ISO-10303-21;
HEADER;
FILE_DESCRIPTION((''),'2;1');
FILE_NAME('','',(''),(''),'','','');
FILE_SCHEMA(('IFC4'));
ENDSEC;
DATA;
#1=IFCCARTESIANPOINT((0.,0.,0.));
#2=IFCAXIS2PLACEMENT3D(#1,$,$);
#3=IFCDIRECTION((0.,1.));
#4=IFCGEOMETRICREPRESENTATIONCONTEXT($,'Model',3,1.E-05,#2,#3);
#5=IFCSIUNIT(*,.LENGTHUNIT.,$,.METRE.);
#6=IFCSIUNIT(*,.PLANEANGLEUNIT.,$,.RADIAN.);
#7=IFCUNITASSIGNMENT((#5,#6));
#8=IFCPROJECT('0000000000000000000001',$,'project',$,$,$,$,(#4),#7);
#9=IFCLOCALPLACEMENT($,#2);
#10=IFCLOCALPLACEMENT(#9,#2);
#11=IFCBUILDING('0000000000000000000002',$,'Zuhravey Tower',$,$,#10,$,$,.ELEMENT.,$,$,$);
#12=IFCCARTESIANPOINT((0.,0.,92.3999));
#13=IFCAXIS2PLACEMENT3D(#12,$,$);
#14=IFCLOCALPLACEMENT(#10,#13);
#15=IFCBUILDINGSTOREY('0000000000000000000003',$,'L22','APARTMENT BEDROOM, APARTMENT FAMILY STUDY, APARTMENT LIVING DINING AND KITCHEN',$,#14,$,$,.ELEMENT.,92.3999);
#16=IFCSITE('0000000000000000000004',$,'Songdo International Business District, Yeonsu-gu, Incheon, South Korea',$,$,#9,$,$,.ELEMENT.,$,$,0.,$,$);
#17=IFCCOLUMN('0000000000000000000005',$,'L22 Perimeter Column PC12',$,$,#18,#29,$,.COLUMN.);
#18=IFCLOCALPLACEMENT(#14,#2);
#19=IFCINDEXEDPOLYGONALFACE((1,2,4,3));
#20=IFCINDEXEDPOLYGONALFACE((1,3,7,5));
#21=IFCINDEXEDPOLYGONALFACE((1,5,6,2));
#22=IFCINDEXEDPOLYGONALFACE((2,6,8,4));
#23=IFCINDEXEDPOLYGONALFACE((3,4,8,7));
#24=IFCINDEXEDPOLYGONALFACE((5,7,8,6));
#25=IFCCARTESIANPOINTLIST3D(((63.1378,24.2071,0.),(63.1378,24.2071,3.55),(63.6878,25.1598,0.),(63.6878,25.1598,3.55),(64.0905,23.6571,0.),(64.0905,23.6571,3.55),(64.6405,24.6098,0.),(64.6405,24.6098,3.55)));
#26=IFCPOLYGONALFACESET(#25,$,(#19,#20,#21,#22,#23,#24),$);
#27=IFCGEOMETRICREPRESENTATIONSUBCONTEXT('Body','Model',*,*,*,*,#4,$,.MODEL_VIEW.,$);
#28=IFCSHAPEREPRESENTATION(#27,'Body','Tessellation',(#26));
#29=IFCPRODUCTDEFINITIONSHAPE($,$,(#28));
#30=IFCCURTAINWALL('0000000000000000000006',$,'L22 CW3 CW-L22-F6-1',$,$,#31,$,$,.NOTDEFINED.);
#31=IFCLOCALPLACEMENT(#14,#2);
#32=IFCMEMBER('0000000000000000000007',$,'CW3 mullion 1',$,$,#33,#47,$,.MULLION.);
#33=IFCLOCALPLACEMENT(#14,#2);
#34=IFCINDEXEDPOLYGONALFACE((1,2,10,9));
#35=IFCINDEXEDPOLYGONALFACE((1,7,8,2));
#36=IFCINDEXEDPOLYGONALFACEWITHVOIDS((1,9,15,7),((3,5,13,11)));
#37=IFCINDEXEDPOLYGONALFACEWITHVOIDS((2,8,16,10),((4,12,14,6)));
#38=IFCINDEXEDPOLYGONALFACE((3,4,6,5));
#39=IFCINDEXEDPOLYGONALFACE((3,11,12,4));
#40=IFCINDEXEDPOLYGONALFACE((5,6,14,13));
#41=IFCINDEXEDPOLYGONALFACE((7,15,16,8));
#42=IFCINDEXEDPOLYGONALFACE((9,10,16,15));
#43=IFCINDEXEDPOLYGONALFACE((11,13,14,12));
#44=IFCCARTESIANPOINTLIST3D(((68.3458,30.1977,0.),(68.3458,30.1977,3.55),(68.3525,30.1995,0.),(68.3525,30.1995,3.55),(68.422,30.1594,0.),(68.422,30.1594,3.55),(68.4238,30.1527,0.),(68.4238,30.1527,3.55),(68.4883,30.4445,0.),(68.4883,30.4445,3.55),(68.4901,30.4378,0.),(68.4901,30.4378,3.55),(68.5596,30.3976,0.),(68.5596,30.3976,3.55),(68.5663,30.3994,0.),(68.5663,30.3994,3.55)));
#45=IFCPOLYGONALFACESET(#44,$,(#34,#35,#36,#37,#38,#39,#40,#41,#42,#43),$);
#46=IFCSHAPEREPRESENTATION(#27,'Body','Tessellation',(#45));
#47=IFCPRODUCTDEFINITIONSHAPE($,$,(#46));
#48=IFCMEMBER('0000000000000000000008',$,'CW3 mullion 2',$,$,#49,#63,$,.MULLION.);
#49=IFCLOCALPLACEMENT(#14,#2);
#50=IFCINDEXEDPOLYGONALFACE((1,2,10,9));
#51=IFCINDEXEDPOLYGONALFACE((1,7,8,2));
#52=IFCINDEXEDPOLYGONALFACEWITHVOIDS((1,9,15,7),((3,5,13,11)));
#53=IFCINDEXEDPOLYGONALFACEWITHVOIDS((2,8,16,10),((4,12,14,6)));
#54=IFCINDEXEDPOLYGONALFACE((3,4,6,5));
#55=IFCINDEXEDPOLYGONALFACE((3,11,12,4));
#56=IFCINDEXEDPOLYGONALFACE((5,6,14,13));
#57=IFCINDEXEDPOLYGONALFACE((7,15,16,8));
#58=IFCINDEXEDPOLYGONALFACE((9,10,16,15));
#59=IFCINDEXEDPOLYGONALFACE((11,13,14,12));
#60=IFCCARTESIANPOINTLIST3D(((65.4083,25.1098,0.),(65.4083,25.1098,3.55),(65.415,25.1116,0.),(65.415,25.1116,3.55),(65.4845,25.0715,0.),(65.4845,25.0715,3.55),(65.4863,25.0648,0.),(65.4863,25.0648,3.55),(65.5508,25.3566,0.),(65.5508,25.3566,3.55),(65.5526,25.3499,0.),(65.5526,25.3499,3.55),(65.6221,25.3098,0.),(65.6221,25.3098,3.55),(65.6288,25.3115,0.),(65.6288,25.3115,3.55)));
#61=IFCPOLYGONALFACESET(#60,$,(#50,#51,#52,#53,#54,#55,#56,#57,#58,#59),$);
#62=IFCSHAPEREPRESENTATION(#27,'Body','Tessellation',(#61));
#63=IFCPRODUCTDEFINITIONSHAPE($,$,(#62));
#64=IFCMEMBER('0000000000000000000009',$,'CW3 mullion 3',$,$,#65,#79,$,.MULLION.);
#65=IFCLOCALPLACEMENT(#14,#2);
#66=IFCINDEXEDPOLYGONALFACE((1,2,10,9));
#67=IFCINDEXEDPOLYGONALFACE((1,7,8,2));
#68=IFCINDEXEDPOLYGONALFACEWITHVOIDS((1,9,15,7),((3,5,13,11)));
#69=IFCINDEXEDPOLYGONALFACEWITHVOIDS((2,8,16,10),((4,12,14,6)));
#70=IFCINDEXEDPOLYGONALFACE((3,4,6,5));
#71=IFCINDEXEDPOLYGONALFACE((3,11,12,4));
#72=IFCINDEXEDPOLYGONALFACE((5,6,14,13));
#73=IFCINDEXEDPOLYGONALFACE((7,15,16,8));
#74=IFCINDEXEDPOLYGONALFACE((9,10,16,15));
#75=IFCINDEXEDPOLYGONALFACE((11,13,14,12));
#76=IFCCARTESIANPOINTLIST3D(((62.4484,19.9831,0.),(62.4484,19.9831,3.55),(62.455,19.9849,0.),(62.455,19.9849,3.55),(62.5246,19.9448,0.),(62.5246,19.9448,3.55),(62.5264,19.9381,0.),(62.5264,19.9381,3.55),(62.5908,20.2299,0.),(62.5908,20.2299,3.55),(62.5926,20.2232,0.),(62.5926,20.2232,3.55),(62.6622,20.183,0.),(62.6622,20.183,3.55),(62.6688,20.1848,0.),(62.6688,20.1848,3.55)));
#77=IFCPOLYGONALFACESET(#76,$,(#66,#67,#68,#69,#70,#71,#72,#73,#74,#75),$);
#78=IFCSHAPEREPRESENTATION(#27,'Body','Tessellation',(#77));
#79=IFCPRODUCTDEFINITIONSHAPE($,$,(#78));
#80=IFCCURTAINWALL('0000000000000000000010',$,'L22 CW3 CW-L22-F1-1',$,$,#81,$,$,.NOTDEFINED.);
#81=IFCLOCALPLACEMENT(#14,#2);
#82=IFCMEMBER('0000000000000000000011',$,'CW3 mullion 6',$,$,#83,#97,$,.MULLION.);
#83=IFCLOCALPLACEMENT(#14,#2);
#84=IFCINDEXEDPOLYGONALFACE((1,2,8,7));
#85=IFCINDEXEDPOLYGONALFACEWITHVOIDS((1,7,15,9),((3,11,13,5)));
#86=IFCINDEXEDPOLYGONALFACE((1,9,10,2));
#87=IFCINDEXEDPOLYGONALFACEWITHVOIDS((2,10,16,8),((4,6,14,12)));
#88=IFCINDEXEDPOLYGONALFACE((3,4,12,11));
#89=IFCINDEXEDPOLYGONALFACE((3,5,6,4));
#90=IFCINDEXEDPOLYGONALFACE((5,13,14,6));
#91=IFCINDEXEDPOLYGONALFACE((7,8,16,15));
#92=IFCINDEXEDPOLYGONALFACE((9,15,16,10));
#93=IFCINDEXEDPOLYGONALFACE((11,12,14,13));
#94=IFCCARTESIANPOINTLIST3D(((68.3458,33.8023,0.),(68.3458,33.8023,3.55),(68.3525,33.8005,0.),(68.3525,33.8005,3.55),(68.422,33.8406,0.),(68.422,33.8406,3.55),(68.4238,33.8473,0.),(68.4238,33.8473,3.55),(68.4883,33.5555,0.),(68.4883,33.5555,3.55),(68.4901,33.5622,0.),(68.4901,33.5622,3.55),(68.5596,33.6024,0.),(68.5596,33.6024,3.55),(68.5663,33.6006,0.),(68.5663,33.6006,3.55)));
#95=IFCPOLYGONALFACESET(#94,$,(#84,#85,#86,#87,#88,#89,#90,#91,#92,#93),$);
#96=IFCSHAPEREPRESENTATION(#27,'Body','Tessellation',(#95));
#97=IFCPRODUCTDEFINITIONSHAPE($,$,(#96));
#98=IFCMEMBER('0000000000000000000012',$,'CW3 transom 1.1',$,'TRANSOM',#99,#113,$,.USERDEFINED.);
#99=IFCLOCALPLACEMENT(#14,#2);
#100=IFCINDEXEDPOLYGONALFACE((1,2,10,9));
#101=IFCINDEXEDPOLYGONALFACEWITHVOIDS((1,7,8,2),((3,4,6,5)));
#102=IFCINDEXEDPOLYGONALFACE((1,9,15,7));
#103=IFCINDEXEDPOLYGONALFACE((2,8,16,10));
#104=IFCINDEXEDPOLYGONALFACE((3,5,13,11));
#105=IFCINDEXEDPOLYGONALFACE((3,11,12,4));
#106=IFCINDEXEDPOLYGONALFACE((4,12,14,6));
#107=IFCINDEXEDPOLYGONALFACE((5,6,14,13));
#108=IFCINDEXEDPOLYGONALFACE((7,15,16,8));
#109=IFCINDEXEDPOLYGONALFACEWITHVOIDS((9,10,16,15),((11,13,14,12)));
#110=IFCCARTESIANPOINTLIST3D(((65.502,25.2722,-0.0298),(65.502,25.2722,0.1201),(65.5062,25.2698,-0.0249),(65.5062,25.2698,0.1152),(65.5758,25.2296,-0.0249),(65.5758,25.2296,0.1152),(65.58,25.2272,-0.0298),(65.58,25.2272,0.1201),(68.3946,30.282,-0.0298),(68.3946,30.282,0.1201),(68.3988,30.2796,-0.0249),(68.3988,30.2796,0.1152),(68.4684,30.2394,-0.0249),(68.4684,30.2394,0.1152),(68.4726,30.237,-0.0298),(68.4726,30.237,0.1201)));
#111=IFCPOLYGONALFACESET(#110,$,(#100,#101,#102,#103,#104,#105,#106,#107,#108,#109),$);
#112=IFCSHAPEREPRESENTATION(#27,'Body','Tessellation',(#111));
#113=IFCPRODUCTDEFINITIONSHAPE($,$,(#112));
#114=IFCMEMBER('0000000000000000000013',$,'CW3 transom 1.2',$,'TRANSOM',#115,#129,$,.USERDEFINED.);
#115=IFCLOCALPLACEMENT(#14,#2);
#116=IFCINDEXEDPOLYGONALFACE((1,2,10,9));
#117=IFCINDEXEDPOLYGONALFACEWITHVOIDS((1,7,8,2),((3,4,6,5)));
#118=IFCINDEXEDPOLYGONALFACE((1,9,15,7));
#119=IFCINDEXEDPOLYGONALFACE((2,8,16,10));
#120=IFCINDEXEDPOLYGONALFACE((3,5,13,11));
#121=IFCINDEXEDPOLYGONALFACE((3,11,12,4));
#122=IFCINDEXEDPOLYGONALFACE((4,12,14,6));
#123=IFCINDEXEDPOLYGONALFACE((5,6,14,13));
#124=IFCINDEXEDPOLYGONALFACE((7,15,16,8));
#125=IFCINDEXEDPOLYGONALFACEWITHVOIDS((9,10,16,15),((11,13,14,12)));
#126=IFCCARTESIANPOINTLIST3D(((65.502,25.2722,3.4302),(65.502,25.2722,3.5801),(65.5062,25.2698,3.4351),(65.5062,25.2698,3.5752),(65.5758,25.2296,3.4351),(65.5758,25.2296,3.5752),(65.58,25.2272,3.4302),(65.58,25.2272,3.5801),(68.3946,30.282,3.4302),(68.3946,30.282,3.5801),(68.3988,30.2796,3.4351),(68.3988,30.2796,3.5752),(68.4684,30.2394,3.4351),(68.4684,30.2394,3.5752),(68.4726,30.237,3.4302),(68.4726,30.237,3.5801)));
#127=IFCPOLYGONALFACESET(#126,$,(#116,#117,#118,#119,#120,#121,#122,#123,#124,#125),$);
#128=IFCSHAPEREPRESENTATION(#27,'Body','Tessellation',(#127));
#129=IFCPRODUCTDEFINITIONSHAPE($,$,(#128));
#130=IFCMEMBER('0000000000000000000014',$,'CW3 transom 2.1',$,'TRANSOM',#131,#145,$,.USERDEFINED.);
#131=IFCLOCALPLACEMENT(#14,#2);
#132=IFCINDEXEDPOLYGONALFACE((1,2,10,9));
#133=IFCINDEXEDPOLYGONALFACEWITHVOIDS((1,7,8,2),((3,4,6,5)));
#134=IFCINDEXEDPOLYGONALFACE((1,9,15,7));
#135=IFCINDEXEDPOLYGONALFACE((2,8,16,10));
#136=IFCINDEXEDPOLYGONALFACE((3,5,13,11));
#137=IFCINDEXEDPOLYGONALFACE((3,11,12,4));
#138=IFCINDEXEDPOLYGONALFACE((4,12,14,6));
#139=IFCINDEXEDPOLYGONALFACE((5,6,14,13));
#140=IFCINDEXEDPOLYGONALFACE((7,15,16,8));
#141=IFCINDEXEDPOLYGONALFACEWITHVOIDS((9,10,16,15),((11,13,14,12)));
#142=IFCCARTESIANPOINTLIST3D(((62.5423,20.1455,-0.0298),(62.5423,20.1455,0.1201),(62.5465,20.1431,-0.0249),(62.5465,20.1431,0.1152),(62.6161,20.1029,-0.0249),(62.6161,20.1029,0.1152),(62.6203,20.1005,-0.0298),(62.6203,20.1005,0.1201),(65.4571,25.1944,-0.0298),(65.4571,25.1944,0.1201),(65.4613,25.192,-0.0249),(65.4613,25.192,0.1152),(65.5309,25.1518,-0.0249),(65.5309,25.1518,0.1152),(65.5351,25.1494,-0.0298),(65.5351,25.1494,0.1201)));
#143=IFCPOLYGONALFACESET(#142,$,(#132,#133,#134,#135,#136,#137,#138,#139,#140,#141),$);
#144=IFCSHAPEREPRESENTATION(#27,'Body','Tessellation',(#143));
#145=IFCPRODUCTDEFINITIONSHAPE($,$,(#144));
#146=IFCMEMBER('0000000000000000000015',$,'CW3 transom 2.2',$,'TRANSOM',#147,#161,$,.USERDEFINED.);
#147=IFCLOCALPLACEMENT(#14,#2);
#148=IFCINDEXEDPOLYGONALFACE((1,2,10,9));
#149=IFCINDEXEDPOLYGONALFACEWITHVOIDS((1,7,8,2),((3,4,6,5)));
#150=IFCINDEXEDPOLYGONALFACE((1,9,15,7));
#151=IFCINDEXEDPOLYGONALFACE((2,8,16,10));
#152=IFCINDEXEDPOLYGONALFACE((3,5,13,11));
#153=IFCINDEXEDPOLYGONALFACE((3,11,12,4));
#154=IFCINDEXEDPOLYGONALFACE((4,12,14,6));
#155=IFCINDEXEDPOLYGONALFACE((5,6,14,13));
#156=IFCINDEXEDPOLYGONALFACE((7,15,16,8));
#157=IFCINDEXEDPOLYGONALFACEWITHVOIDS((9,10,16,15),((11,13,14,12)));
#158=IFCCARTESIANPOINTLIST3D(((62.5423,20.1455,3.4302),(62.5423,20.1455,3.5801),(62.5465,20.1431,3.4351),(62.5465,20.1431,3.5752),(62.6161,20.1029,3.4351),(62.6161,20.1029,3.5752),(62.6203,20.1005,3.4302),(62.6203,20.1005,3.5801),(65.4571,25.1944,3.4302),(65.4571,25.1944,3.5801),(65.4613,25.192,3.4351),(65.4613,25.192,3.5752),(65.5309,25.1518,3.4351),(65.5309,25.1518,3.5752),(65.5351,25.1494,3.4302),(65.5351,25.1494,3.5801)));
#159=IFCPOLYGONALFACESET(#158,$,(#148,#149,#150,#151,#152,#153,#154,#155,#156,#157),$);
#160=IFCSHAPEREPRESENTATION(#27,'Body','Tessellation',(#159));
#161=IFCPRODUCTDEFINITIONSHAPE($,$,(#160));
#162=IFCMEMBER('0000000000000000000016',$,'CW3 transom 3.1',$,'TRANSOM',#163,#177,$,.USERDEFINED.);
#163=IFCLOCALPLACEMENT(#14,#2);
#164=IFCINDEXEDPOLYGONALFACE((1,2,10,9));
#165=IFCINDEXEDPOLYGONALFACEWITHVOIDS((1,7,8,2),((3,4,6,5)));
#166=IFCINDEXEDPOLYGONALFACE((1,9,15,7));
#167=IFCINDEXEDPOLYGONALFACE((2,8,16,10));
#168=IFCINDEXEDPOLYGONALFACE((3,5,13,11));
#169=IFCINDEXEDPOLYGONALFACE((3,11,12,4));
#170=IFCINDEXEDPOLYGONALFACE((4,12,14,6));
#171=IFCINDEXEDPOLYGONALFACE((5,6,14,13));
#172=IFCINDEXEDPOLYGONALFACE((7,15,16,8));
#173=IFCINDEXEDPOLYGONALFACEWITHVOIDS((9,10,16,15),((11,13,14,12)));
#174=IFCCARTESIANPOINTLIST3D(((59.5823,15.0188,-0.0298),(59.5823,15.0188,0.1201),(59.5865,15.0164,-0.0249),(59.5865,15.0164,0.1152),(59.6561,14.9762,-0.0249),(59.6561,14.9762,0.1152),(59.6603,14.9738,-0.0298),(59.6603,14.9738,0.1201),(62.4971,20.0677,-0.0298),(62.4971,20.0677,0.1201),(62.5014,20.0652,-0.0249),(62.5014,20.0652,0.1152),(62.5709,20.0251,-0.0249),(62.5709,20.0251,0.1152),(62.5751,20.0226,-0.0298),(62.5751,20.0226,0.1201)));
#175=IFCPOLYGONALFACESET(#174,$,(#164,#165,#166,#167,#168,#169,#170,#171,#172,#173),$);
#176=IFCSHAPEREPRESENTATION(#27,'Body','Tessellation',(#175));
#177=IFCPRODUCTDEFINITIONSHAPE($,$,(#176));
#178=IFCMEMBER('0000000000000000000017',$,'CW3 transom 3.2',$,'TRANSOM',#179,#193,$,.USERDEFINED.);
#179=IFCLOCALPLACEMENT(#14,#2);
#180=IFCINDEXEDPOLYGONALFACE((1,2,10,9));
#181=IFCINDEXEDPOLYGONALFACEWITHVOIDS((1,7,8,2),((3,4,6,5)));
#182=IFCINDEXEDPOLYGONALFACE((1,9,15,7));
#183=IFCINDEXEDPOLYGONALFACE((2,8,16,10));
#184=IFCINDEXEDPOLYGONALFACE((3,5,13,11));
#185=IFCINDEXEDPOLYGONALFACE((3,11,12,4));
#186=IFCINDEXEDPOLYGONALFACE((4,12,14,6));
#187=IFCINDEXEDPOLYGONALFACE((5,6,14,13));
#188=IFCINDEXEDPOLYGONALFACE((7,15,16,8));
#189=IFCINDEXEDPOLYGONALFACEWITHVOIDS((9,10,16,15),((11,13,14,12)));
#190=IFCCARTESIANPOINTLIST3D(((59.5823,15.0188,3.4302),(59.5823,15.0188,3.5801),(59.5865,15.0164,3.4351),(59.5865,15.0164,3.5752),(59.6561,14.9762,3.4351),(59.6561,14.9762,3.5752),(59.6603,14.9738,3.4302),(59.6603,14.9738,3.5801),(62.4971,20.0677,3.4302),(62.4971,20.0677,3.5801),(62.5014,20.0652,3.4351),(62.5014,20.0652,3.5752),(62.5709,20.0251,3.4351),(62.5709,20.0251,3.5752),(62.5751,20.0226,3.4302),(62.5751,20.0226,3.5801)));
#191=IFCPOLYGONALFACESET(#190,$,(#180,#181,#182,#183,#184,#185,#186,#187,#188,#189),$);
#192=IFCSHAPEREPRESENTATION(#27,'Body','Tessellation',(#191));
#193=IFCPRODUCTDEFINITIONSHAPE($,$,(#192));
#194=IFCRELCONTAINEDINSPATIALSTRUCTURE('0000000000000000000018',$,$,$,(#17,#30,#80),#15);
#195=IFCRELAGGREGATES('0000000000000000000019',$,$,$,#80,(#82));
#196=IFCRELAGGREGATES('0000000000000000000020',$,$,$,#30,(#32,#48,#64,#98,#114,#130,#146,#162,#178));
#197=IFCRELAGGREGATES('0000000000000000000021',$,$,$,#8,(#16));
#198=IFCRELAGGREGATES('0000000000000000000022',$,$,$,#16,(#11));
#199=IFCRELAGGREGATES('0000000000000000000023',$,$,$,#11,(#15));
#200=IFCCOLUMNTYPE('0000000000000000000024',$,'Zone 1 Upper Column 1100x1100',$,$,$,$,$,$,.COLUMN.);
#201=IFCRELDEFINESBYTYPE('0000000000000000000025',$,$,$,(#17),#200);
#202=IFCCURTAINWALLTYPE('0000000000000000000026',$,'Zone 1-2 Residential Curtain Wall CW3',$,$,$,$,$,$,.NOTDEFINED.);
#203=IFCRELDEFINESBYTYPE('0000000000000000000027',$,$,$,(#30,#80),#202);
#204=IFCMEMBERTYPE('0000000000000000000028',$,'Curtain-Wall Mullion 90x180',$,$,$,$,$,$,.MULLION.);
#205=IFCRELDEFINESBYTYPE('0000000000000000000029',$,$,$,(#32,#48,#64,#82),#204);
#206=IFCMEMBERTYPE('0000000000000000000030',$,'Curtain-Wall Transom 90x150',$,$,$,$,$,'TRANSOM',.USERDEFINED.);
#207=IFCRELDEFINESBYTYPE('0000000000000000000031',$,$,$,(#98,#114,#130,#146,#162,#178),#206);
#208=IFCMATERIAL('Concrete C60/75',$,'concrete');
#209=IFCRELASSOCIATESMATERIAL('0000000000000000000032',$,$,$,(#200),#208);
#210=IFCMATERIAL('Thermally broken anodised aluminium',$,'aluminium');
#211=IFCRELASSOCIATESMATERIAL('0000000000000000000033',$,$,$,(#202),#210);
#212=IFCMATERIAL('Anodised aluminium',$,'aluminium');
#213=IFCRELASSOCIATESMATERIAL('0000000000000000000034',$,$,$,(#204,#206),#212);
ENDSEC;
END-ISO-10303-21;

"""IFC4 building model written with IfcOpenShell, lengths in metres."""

from ifc_helpers import new_model, si_unit, direction, frame, origin, origin_2d, place, context, subcontext, project, spatial, rectangle, hollow_rectangle, extrude, material, material_profile, profile_set, type_object, element, aggregate, save


model = new_model("IFC4")

# Units and contexts
model_context = context("Model", 3, precision=1e-05, world=origin(), true_north=direction((0.0, 1.0)))
body_context = subcontext(model_context, "Body", "Model", "MODEL_VIEW")
ifc_project = project(units=[si_unit("LENGTHUNIT", "METRE"), si_unit("PLANEANGLEUNIT", "RADIAN")], contexts=[model_context])

# Site, building, storey
site_placement = place(None, origin())
site = spatial("IfcSite", under=ifc_project, at=site_placement, Name="Songdo International Business District, Yeonsu-gu, Incheon, South Korea", CompositionType="ELEMENT", RefElevation=0.0)
building_placement = place(site_placement, origin())
building = spatial("IfcBuilding", under=site, at=building_placement, Name="Zuhravey Tower", CompositionType="ELEMENT")
storey_placement = place(building_placement, frame((0.0, 0.0, 92.3999)))
storey = spatial("IfcBuildingStorey", under=building, at=storey_placement, Name="L22", Description="APARTMENT BEDROOM, APARTMENT FAMILY STUDY, APARTMENT LIVING DINING AND KITCHEN", CompositionType="ELEMENT", Elevation=92.3999)

# Column
ifc_material_1 = material(Name="Concrete C60/75", Category="concrete")
ifc_material_profile_1 = material_profile(ifc_material_1, rectangle(XDim=1.1001, YDim=1.1001, at=origin_2d()), Name="RC-1100x1100")
ifc_profile_set_1 = profile_set([ifc_material_profile_1], Name="Concrete C60/75")
column_type = type_object("IfcColumnType", Name="Zone 1 Upper Column 1100x1100", PredefinedType="COLUMN", material=ifc_profile_set_1)
column_placement = place(storey_placement, frame((63.8892, 24.4084, 0.0), z_axis=(0.0, 0.0, 1.0), x_axis=(0.5, 0.866025, 0.0)))
element("IfcColumn", 1, at=column_placement, inside=storey, type_object=column_type, Name="L22 Perimeter Column PC12", PredefinedType="COLUMN", context=body_context, shape_type="SweptSolid", body=[
    extrude(rectangle(XDim=1.1001, YDim=1.1001, at=origin_2d()), origin(), (0.0, 0.0, 1.0), 3.55),
])

# Curtain wall, members
ifc_material_2 = material(Name="Thermally broken anodised aluminium", Category="aluminium")
curtain_wall_type = type_object("IfcCurtainWallType", Name="Zone 1-2 Residential Curtain Wall CW3", PredefinedType="NOTDEFINED", material=ifc_material_2)
curtain_wall_1_placement = place(storey_placement, origin())
curtain_wall_1 = element("IfcCurtainWall", 2, at=curtain_wall_1_placement, inside=storey, type_object=curtain_wall_type, Name="L22 CW3 CW-L22-F6-1", PredefinedType="NOTDEFINED")
ifc_material_3 = material(Name="Anodised aluminium", Category="aluminium")
ifc_material_profile_2 = material_profile(ifc_material_3, hollow_rectangle(XDim=0.0901, YDim=0.2849, WallThickness=0.0049, at=origin_2d()), Name="ALU-RHS-90x285x5")
ifc_profile_set_2 = profile_set([ifc_material_profile_2], Name="Anodised aluminium")
member_type_1 = type_object("IfcMemberType", Name="Curtain-Wall Mullion 90x180", PredefinedType="MULLION", material=ifc_profile_set_2)
member_1_placement = place(storey_placement, frame((68.4561, 30.2986, 0.0), z_axis=(0.0, 0.0, 1.0), x_axis=(0.866026, -0.5, 0.0)))
member_1 = element("IfcMember", 3, at=member_1_placement, type_object=member_type_1, Name="CW3 mullion 1", PredefinedType="MULLION", context=body_context, shape_type="SweptSolid", body=[
    extrude(hollow_rectangle(XDim=0.0901, YDim=0.2849, WallThickness=0.0049, at=origin_2d()), origin(), (0.0, 0.0, 1.0), 3.55),
])
member_2_placement = place(storey_placement, frame((65.5186, 25.2107, 0.0), z_axis=(0.0, 0.0, 1.0), x_axis=(0.866026, -0.5, 0.0)))
member_2 = element("IfcMember", 4, at=member_2_placement, type_object=member_type_1, Name="CW3 mullion 2", PredefinedType="MULLION", context=body_context, shape_type="SweptSolid", body=[
    extrude(hollow_rectangle(XDim=0.0901, YDim=0.2849, WallThickness=0.0049, at=origin_2d()), origin(), (0.0, 0.0, 1.0), 3.55),
])
member_3_placement = place(storey_placement, frame((62.5586, 20.084, 0.0), z_axis=(0.0, 0.0, 1.0), x_axis=(0.866026, -0.5, 0.0)))
member_3 = element("IfcMember", 5, at=member_3_placement, type_object=member_type_1, Name="CW3 mullion 3", PredefinedType="MULLION", context=body_context, shape_type="SweptSolid", body=[
    extrude(hollow_rectangle(XDim=0.0901, YDim=0.2849, WallThickness=0.0049, at=origin_2d()), origin(), (0.0, 0.0, 1.0), 3.55),
])

# Curtain wall, member
curtain_wall_2_placement = place(storey_placement, origin())
curtain_wall_2 = element("IfcCurtainWall", 6, at=curtain_wall_2_placement, inside=storey, type_object=curtain_wall_type, Name="L22 CW3 CW-L22-F1-1", PredefinedType="NOTDEFINED")
member_4_placement = place(storey_placement, frame((68.4561, 33.7014, 0.0), z_axis=(0.0, 0.0, 1.0), x_axis=(0.866026, 0.5, 0.0)))
member_4 = element("IfcMember", 7, at=member_4_placement, type_object=member_type_1, Name="CW3 mullion 6", PredefinedType="MULLION", context=body_context, shape_type="SweptSolid", body=[
    extrude(hollow_rectangle(XDim=0.0901, YDim=0.2849, WallThickness=0.0049, at=origin_2d()), origin(), (0.0, 0.0, 1.0), 3.55),
])
aggregate(curtain_wall_2, [member_4])

# Members
ifc_material_profile_3 = material_profile(ifc_material_3, hollow_rectangle(XDim=0.0901, YDim=0.1499, WallThickness=0.0049, at=origin_2d()), Name="ALU-RHS-90x150x5")
ifc_profile_set_3 = profile_set([ifc_material_profile_3], Name="Anodised aluminium")
member_type_2 = type_object("IfcMemberType", Name="Curtain-Wall Transom 90x150", ElementType="TRANSOM", PredefinedType="USERDEFINED", material=ifc_profile_set_3)
member_5_placement = place(storey_placement, frame((68.4336, 30.2595, 0.0452), z_axis=(-0.500024, -0.866011, 0.0), x_axis=(0.866011, -0.500024, 0.0)))
member_5 = element("IfcMember", 8, at=member_5_placement, type_object=member_type_2, Name="CW3 transom 1.1", ObjectType="TRANSOM", PredefinedType="USERDEFINED", context=body_context, shape_type="SweptSolid", body=[
    extrude(hollow_rectangle(XDim=0.0901, YDim=0.1499, WallThickness=0.0049, at=origin_2d()), origin(), (0.0, 0.0, 1.0), 5.7849),
])
member_6_placement = place(storey_placement, frame((68.4336, 30.2595, 3.5051), z_axis=(-0.500024, -0.866011, 0.0), x_axis=(0.866011, -0.500024, 0.0)))
member_6 = element("IfcMember", 9, at=member_6_placement, type_object=member_type_2, Name="CW3 transom 1.2", ObjectType="TRANSOM", PredefinedType="USERDEFINED", context=body_context, shape_type="SweptSolid", body=[
    extrude(hollow_rectangle(XDim=0.0901, YDim=0.1499, WallThickness=0.0049, at=origin_2d()), origin(), (0.0, 0.0, 1.0), 5.7849),
])
member_7_placement = place(storey_placement, frame((65.4961, 25.1719, 0.0452), z_axis=(-0.499981, -0.866036, 0.0), x_axis=(0.866036, -0.499981, 0.0)))
member_7 = element("IfcMember", 10, at=member_7_placement, type_object=member_type_2, Name="CW3 transom 2.1", ObjectType="TRANSOM", PredefinedType="USERDEFINED", context=body_context, shape_type="SweptSolid", body=[
    extrude(hollow_rectangle(XDim=0.0901, YDim=0.1499, WallThickness=0.0049, at=origin_2d()), origin(), (0.0, 0.0, 1.0), 5.8298),
])
member_8_placement = place(storey_placement, frame((65.4961, 25.1719, 3.5051), z_axis=(-0.499981, -0.866036, 0.0), x_axis=(0.866036, -0.499981, 0.0)))
member_8 = element("IfcMember", 11, at=member_8_placement, type_object=member_type_2, Name="CW3 transom 2.2", ObjectType="TRANSOM", PredefinedType="USERDEFINED", context=body_context, shape_type="SweptSolid", body=[
    extrude(hollow_rectangle(XDim=0.0901, YDim=0.1499, WallThickness=0.0049, at=origin_2d()), origin(), (0.0, 0.0, 1.0), 5.8298),
])
member_9_placement = place(storey_placement, frame((62.5361, 20.0452, 0.0452), z_axis=(-0.499981, -0.866036, 0.0), x_axis=(0.866036, -0.499981, 0.0)))
member_9 = element("IfcMember", 12, at=member_9_placement, type_object=member_type_2, Name="CW3 transom 3.1", ObjectType="TRANSOM", PredefinedType="USERDEFINED", context=body_context, shape_type="SweptSolid", body=[
    extrude(hollow_rectangle(XDim=0.0901, YDim=0.1499, WallThickness=0.0049, at=origin_2d()), origin(), (0.0, 0.0, 1.0), 5.8298),
])
member_10_placement = place(storey_placement, frame((62.5361, 20.0452, 3.5051), z_axis=(-0.499981, -0.866036, 0.0), x_axis=(0.866036, -0.499981, 0.0)))
member_10 = element("IfcMember", 13, at=member_10_placement, type_object=member_type_2, Name="CW3 transom 3.2", ObjectType="TRANSOM", PredefinedType="USERDEFINED", context=body_context, shape_type="SweptSolid", body=[
    extrude(hollow_rectangle(XDim=0.0901, YDim=0.1499, WallThickness=0.0049, at=origin_2d()), origin(), (0.0, 0.0, 1.0), 5.8298),
])

aggregate(curtain_wall_1, [member_1, member_2, member_3, member_5, member_6, member_7, member_8, member_9, member_10])

save(model, "model.ifc")
